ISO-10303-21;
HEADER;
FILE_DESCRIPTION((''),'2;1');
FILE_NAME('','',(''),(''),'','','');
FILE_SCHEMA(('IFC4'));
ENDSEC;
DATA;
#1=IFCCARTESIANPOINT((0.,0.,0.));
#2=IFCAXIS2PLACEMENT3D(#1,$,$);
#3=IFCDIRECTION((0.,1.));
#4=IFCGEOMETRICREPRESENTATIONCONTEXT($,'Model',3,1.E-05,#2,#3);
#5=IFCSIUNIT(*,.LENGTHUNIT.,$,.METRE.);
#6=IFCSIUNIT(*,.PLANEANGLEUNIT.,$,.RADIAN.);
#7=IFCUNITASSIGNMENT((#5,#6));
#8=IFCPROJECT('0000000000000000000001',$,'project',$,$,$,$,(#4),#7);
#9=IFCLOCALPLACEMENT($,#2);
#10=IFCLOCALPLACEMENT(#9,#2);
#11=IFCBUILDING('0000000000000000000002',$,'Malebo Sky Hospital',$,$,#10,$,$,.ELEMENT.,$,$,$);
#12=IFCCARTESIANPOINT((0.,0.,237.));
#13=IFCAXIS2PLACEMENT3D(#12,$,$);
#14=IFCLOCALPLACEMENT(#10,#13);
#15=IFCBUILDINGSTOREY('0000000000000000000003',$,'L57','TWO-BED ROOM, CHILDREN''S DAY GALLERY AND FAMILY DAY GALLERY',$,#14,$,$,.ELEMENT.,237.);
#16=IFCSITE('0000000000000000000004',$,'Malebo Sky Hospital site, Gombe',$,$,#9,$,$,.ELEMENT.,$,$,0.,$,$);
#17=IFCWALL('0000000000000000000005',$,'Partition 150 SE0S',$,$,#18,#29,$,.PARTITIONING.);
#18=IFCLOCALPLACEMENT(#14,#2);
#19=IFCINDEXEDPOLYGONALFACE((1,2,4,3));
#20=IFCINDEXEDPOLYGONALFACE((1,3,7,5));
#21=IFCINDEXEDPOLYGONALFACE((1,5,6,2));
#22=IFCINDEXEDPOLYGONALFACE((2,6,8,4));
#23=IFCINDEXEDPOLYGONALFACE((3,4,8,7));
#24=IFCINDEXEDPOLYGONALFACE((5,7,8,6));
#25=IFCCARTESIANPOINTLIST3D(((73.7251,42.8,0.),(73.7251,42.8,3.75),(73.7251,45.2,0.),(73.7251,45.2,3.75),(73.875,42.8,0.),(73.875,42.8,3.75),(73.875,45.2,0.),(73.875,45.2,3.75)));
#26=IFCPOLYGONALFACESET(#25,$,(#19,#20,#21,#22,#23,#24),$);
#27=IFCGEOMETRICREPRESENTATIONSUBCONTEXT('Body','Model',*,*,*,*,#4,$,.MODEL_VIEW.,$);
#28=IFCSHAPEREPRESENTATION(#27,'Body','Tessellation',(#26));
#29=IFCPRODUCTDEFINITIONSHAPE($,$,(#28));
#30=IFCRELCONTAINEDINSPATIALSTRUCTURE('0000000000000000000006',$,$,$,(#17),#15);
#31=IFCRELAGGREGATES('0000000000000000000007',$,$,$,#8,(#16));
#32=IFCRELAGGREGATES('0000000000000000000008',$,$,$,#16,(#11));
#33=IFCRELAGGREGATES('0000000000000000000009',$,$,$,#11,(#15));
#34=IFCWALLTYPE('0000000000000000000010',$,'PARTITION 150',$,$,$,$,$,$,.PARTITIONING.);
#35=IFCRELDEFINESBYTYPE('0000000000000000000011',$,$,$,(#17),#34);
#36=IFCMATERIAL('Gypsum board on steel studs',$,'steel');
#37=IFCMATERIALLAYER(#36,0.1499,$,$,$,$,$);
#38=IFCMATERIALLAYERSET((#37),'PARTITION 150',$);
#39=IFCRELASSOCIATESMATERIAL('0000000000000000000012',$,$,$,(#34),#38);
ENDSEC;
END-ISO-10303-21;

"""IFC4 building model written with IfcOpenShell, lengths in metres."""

from ifc_helpers import new_model, si_unit, direction, frame, frame_2d, origin, place, context, subcontext, project, spatial, rectangle, extrude, material, layer, layer_set, type_object, element, save


model = new_model("IFC4")

# Units and contexts
model_context = context("Model", 3, precision=1e-05, world=origin(), true_north=direction((0.0, 1.0)))
body_context = subcontext(model_context, "Body", "Model", "MODEL_VIEW")
ifc_project = project(units=[si_unit("LENGTHUNIT", "METRE"), si_unit("PLANEANGLEUNIT", "RADIAN")], contexts=[model_context])

# Site, building, storey
site_placement = place(None, origin())
site = spatial("IfcSite", under=ifc_project, at=site_placement, Name="Malebo Sky Hospital site, Gombe", CompositionType="ELEMENT", RefElevation=0.0)
building_placement = place(site_placement, origin())
building = spatial("IfcBuilding", under=site, at=building_placement, Name="Malebo Sky Hospital", CompositionType="ELEMENT")
storey_placement = place(building_placement, frame((0.0, 0.0, 237.0)))
storey = spatial("IfcBuildingStorey", under=building, at=storey_placement, Name="L57", Description="TWO-BED ROOM, CHILDREN'S DAY GALLERY AND FAMILY DAY GALLERY", CompositionType="ELEMENT", Elevation=237.0)

# Shared definitions
ifc_material_1 = material(Name="Gypsum board on steel studs", Category="steel")

# Shared definitions
ifc_layer_1 = layer(ifc_material_1, 0.1499)
ifc_layer_set_1 = layer_set([ifc_layer_1], Name="PARTITION 150")
wall_type_1 = type_object("IfcWallType", Name="PARTITION 150", PredefinedType="PARTITIONING", material=ifc_layer_set_1)

# Wall
wall_1_placement = place(storey_placement, frame((73.8, 45.2, 0.0), z_axis=(0.0, 0.0, 1.0), x_axis=(0.0, -1.0, 0.0)))
element("IfcWall", 1, at=wall_1_placement, inside=storey, type_object=wall_type_1, Name="Partition 150 SE0S", PredefinedType="PARTITIONING", context=body_context, shape_type="SweptSolid", body=[
    extrude(rectangle(XDim=2.3999, YDim=0.1499, at=frame_2d((1.2, 0.0))), origin(), (0.0, 0.0, 1.0), 3.75),
])

save(model, "model.ifc")
